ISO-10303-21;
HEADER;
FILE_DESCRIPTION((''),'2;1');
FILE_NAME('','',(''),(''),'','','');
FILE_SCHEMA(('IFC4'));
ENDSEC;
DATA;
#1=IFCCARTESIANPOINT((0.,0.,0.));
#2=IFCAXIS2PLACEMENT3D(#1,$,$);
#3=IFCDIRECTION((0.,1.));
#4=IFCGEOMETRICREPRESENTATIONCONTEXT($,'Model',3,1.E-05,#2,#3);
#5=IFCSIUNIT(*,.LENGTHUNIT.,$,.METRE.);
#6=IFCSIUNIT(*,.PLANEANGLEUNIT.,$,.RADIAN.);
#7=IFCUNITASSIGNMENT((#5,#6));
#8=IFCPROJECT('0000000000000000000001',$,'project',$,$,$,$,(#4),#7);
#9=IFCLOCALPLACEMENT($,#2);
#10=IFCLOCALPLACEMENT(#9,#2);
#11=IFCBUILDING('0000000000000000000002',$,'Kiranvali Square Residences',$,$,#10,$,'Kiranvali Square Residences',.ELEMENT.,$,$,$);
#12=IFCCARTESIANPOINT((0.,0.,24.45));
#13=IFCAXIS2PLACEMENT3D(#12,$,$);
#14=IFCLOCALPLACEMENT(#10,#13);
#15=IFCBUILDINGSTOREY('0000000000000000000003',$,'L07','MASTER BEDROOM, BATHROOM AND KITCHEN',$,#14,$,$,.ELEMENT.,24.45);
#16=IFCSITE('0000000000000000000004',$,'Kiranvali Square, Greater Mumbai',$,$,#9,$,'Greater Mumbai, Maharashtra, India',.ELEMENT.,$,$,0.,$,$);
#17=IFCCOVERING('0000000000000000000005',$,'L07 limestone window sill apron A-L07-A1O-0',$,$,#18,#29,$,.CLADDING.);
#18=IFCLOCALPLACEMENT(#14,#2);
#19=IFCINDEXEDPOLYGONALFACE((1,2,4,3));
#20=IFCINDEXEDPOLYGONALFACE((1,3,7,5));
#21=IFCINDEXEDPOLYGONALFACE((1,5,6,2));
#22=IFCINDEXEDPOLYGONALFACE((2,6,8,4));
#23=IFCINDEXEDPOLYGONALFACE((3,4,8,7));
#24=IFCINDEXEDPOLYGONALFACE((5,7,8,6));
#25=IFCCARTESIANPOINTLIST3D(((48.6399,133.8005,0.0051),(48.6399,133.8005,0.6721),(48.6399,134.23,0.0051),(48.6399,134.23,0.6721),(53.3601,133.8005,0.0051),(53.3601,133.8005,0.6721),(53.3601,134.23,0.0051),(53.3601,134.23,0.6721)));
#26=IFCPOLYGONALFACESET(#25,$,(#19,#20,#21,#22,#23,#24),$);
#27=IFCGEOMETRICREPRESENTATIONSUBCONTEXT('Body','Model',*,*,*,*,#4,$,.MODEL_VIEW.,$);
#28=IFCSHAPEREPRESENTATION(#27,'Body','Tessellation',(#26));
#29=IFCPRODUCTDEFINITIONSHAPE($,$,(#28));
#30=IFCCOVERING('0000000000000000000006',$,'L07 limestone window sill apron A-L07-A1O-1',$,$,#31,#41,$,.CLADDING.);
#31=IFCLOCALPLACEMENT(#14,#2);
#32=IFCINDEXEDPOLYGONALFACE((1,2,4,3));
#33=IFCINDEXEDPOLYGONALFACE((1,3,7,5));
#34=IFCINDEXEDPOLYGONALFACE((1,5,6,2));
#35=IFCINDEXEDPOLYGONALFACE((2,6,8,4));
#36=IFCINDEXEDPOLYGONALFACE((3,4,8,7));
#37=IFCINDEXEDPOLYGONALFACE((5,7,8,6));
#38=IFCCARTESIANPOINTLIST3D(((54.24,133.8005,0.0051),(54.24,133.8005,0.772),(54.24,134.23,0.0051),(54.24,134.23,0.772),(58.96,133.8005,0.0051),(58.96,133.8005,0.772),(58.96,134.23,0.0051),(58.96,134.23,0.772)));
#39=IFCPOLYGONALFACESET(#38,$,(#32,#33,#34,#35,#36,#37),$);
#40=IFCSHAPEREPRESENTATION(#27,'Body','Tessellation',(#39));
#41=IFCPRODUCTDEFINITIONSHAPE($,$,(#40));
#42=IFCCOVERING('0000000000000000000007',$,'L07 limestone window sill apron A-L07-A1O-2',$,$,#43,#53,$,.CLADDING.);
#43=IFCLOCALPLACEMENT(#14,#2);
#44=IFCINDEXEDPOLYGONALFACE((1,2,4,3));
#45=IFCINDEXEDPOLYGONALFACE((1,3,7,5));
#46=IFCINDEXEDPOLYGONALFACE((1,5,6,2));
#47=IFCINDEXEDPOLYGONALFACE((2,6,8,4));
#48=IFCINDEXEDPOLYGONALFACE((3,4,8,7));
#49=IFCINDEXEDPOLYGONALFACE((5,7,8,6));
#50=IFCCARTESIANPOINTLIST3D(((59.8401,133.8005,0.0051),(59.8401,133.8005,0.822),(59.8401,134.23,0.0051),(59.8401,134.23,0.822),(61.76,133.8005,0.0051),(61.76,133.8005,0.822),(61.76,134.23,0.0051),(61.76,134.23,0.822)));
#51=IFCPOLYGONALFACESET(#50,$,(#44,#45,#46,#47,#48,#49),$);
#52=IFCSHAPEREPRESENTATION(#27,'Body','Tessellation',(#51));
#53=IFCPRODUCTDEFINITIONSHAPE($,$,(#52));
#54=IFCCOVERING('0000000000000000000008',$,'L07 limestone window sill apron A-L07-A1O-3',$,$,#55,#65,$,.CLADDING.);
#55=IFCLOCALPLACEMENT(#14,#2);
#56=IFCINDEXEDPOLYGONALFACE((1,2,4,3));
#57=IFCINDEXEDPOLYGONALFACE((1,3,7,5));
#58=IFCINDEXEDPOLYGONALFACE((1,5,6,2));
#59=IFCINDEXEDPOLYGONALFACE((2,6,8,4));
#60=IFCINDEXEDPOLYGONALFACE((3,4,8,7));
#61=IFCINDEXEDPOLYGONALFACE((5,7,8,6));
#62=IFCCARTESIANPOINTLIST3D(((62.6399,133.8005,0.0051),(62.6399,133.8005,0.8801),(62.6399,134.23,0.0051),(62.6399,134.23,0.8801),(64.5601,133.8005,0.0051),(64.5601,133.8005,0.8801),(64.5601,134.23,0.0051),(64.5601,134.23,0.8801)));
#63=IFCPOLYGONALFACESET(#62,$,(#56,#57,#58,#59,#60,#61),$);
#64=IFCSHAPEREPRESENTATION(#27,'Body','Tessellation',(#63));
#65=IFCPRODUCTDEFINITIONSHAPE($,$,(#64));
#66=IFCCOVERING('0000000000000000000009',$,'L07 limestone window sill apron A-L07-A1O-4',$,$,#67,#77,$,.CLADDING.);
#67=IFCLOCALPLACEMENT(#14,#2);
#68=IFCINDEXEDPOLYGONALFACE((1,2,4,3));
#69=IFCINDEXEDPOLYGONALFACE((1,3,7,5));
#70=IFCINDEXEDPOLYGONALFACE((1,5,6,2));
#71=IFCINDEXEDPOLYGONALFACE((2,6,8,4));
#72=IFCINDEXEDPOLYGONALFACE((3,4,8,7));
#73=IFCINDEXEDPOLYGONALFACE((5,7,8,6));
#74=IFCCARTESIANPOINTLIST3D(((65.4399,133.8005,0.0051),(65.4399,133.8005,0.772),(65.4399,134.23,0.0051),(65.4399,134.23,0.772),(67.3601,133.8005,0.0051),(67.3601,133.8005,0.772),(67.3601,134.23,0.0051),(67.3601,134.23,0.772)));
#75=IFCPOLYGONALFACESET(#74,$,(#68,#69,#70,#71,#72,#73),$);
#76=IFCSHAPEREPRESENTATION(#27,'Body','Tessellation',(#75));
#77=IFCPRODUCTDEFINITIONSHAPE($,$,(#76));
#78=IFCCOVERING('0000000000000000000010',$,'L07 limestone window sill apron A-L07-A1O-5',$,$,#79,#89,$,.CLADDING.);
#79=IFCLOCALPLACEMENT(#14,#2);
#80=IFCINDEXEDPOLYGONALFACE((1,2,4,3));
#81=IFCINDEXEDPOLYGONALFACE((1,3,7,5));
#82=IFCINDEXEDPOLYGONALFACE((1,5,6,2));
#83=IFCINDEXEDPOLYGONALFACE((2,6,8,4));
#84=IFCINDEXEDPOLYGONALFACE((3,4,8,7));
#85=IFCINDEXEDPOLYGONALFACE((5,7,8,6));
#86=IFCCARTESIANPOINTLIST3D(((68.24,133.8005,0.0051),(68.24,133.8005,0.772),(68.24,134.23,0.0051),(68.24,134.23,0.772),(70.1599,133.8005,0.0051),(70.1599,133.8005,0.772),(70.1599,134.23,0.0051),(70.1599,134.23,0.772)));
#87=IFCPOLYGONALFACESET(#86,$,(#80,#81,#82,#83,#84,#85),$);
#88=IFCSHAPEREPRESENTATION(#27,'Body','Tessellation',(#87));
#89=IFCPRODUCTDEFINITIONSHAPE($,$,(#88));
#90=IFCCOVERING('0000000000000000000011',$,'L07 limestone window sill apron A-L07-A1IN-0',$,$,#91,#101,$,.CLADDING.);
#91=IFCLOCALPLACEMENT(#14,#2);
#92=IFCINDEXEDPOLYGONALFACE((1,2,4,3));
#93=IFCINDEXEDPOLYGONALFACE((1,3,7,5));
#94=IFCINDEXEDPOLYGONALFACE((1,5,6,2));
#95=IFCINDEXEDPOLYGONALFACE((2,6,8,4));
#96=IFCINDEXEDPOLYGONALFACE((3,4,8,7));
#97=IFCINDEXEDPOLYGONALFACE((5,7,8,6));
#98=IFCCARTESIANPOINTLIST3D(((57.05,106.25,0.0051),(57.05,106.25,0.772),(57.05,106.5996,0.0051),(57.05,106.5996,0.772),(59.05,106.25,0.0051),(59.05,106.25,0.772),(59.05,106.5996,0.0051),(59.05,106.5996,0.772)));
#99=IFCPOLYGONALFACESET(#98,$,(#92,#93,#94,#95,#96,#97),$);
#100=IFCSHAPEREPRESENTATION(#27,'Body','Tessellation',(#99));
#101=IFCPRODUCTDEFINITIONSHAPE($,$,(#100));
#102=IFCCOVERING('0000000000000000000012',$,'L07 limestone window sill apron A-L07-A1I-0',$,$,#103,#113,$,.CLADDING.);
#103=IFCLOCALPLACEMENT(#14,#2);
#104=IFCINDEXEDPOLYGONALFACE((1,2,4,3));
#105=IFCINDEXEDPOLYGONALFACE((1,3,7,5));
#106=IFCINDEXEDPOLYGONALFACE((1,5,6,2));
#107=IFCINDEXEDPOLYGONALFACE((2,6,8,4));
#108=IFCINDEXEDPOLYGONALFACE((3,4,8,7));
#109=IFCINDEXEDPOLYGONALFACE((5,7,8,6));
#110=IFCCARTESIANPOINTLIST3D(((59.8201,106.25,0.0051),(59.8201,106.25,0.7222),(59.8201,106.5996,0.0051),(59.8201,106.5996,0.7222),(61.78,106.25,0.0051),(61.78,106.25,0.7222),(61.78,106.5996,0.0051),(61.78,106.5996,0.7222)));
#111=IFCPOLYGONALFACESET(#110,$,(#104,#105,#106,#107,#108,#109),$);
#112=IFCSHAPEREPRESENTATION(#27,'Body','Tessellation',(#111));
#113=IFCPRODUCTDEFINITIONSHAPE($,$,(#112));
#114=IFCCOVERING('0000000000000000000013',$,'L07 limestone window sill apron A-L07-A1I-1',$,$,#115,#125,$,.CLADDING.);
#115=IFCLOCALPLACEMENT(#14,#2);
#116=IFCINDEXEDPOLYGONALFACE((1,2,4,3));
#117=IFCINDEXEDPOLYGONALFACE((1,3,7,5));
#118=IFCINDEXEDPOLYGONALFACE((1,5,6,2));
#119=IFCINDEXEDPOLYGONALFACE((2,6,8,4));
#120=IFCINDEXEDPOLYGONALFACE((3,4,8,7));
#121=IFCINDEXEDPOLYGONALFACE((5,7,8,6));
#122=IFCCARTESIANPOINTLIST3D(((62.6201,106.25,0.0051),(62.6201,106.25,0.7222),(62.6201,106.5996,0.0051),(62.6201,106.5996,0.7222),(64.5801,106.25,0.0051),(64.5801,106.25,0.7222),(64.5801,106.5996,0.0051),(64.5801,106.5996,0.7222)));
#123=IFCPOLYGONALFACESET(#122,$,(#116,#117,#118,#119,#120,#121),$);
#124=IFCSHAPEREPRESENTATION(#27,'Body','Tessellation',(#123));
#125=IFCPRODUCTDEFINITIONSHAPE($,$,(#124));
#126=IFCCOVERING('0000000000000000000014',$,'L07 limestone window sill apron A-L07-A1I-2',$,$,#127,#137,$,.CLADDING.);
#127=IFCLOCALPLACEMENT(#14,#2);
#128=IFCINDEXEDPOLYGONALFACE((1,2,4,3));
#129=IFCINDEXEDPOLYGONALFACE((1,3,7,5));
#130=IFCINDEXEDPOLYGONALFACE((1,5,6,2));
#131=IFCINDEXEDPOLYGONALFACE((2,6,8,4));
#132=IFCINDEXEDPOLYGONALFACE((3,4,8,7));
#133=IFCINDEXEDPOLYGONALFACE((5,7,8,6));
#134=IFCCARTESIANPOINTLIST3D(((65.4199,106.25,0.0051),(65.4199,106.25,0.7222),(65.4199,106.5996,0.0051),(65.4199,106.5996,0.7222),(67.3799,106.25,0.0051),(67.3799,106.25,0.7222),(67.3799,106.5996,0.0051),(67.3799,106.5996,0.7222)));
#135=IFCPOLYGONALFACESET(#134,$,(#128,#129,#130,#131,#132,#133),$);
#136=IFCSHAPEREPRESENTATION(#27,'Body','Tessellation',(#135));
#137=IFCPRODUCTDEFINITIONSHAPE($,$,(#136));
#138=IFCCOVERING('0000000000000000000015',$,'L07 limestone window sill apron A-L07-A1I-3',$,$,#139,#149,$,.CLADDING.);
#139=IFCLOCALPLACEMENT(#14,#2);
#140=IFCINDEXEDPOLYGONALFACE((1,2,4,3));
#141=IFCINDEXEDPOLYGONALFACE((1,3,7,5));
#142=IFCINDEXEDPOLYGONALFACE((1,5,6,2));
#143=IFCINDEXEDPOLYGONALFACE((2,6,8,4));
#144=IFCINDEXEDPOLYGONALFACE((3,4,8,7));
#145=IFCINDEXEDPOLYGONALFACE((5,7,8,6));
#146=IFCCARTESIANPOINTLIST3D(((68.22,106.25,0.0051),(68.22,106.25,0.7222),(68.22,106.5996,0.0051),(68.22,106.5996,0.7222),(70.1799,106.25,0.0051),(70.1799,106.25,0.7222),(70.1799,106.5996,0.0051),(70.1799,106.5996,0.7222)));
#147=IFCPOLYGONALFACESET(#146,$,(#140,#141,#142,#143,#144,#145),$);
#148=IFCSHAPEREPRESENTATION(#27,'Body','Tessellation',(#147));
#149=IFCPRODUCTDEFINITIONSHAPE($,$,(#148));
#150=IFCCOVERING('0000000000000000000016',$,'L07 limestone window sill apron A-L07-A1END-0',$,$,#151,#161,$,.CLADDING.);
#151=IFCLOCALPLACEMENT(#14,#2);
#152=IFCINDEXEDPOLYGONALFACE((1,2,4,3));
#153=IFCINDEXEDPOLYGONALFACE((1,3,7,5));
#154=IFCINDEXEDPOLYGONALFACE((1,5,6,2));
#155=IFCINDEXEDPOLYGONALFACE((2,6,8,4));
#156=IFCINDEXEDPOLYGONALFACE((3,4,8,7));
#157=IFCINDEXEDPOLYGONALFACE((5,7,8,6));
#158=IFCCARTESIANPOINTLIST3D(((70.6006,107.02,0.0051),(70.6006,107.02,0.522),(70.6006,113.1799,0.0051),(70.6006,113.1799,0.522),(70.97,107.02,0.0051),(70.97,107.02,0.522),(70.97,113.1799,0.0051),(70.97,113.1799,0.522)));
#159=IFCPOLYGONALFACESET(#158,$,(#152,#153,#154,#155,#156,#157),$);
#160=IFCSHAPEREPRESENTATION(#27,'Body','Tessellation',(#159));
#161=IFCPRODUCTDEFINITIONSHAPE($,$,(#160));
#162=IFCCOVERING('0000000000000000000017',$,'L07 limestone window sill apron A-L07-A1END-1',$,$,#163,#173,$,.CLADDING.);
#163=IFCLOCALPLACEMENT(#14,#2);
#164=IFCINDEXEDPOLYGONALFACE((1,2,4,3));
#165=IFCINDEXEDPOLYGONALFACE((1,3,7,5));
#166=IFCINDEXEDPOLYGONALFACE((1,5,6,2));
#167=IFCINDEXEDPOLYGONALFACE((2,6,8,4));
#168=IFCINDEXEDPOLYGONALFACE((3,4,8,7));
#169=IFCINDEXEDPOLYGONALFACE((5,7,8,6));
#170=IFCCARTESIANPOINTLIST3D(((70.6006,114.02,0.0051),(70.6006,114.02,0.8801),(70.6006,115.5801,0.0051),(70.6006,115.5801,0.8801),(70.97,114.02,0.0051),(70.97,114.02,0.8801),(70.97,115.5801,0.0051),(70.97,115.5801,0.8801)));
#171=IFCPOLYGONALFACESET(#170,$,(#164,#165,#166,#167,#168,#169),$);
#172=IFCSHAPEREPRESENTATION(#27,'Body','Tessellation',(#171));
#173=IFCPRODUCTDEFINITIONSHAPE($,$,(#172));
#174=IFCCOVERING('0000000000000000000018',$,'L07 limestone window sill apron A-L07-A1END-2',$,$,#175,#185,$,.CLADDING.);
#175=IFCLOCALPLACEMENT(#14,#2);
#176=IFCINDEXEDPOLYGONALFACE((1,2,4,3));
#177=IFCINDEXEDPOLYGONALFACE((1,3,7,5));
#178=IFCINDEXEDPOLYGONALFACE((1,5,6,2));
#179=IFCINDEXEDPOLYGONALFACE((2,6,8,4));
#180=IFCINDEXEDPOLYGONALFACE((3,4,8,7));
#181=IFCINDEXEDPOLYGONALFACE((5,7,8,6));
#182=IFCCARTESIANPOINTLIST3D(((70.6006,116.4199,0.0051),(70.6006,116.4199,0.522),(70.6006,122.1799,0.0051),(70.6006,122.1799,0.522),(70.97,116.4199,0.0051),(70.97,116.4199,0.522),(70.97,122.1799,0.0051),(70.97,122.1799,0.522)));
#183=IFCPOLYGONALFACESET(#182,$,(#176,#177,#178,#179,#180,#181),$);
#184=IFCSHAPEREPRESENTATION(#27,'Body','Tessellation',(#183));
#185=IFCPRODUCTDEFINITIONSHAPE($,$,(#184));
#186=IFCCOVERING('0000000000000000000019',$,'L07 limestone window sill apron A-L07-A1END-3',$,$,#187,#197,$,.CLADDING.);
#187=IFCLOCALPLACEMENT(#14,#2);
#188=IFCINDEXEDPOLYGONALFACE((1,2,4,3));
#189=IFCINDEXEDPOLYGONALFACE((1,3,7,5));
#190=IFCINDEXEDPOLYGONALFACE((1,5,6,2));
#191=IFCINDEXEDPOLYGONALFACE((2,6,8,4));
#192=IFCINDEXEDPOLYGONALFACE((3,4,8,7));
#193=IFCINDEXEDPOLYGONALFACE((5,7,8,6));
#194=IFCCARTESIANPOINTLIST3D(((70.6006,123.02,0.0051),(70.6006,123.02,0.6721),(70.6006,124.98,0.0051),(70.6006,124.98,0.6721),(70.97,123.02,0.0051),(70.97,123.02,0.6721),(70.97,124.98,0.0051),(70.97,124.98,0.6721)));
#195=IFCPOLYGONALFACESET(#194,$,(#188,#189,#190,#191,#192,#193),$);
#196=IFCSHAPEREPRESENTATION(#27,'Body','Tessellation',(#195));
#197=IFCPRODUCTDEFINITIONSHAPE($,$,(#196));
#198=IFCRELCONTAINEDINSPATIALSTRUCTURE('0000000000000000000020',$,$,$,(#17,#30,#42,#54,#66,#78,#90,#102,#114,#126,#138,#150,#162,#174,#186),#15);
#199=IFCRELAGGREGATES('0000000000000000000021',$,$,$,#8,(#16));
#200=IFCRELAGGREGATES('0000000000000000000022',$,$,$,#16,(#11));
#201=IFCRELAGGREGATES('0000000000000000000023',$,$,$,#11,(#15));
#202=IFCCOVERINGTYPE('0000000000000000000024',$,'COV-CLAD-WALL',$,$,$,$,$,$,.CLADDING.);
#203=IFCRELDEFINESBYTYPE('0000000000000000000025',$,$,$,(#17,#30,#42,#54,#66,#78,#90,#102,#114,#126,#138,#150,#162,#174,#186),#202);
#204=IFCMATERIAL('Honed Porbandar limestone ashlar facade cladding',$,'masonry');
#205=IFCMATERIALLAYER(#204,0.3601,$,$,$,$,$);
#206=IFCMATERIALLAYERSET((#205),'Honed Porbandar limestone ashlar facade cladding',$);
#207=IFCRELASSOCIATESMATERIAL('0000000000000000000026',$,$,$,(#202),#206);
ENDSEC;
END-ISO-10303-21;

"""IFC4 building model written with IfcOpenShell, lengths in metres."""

from ifc_helpers import new_model, si_unit, direction, frame, origin, place, context, subcontext, project, spatial, polyline, outline, extrude, material, layer, layer_set, type_object, element, save


model = new_model("IFC4")

# Units and contexts
model_context = context("Model", 3, precision=1e-05, world=origin(), true_north=direction((0.0, 1.0)))
body_context = subcontext(model_context, "Body", "Model", "MODEL_VIEW")
ifc_project = project(units=[si_unit("LENGTHUNIT", "METRE"), si_unit("PLANEANGLEUNIT", "RADIAN")], contexts=[model_context])

# Site, building, storey
site_placement = place(None, origin())
site = spatial("IfcSite", under=ifc_project, at=site_placement, Name="Kiranvali Square, Greater Mumbai", LongName="Greater Mumbai, Maharashtra, India", CompositionType="ELEMENT", RefElevation=0.0)
building_placement = place(site_placement, origin())
building = spatial("IfcBuilding", under=site, at=building_placement, Name="Kiranvali Square Residences", LongName="Kiranvali Square Residences", CompositionType="ELEMENT")
storey_placement = place(building_placement, frame((0.0, 0.0, 24.45)))
storey = spatial("IfcBuildingStorey", under=building, at=storey_placement, Name="L07", Description="MASTER BEDROOM, BATHROOM AND KITCHEN", CompositionType="ELEMENT", Elevation=24.45)

# Coverings
ifc_material = material(Name="Honed Porbandar limestone ashlar facade cladding", Category="masonry")
ifc_layer_1 = layer(ifc_material, 0.3601)
ifc_layer_set_1 = layer_set([ifc_layer_1], Name="Honed Porbandar limestone ashlar facade cladding")
covering_type_1 = type_object("IfcCoveringType", Name="COV-CLAD-WALL", PredefinedType="CLADDING", material=ifc_layer_set_1)
covering_1_placement = place(storey_placement, frame((0.0, 0.0, 0.0051)))
element("IfcCovering", 1, at=covering_1_placement, inside=storey, type_object=covering_type_1, Name="L07 limestone window sill apron A-L07-A1O-0", PredefinedType="CLADDING", context=body_context, shape_type="SweptSolid", body=[
    extrude(outline(polyline([(48.6399, 133.8005), (53.3601, 133.8005), (53.3601, 134.23), (48.6399, 134.23), (48.6399, 133.8005)])), origin(), (0.0, 0.0, 1.0), 0.667),
])
covering_2_placement = place(storey_placement, frame((0.0, 0.0, 0.0051)))
element("IfcCovering", 2, at=covering_2_placement, inside=storey, type_object=covering_type_1, Name="L07 limestone window sill apron A-L07-A1O-1", PredefinedType="CLADDING", context=body_context, shape_type="SweptSolid", body=[
    extrude(outline(polyline([(54.24, 133.8005), (58.96, 133.8005), (58.96, 134.23), (54.24, 134.23), (54.24, 133.8005)])), origin(), (0.0, 0.0, 1.0), 0.7668),
])
covering_3_placement = place(storey_placement, frame((0.0, 0.0, 0.0051)))
element("IfcCovering", 3, at=covering_3_placement, inside=storey, type_object=covering_type_1, Name="L07 limestone window sill apron A-L07-A1O-2", PredefinedType="CLADDING", context=body_context, shape_type="SweptSolid", body=[
    extrude(outline(polyline([(59.8401, 133.8005), (61.76, 133.8005), (61.76, 134.23), (59.8401, 134.23), (59.8401, 133.8005)])), origin(), (0.0, 0.0, 1.0), 0.8169),
])
covering_4_placement = place(storey_placement, frame((0.0, 0.0, 0.0051)))
element("IfcCovering", 4, at=covering_4_placement, inside=storey, type_object=covering_type_1, Name="L07 limestone window sill apron A-L07-A1O-3", PredefinedType="CLADDING", context=body_context, shape_type="SweptSolid", body=[
    extrude(outline(polyline([(62.6399, 133.8005), (64.5601, 133.8005), (64.5601, 134.23), (62.6399, 134.23), (62.6399, 133.8005)])), origin(), (0.0, 0.0, 1.0), 0.875),
])
covering_5_placement = place(storey_placement, frame((0.0, 0.0, 0.0051)))
element("IfcCovering", 5, at=covering_5_placement, inside=storey, type_object=covering_type_1, Name="L07 limestone window sill apron A-L07-A1O-4", PredefinedType="CLADDING", context=body_context, shape_type="SweptSolid", body=[
    extrude(outline(polyline([(65.4399, 133.8005), (67.3601, 133.8005), (67.3601, 134.23), (65.4399, 134.23), (65.4399, 133.8005)])), origin(), (0.0, 0.0, 1.0), 0.7668),
])
covering_6_placement = place(storey_placement, frame((0.0, 0.0, 0.0051)))
element("IfcCovering", 6, at=covering_6_placement, inside=storey, type_object=covering_type_1, Name="L07 limestone window sill apron A-L07-A1O-5", PredefinedType="CLADDING", context=body_context, shape_type="SweptSolid", body=[
    extrude(outline(polyline([(68.24, 133.8005), (70.1599, 133.8005), (70.1599, 134.23), (68.24, 134.23), (68.24, 133.8005)])), origin(), (0.0, 0.0, 1.0), 0.7668),
])
covering_7_placement = place(storey_placement, frame((0.0, 0.0, 0.0051)))
element("IfcCovering", 7, at=covering_7_placement, inside=storey, type_object=covering_type_1, Name="L07 limestone window sill apron A-L07-A1IN-0", PredefinedType="CLADDING", context=body_context, shape_type="SweptSolid", body=[
    extrude(outline(polyline([(57.05, 106.25), (59.05, 106.25), (59.05, 106.5996), (57.05, 106.5996), (57.05, 106.25)])), origin(), (0.0, 0.0, 1.0), 0.7668),
])
covering_8_placement = place(storey_placement, frame((0.0, 0.0, 0.0051)))
element("IfcCovering", 8, at=covering_8_placement, inside=storey, type_object=covering_type_1, Name="L07 limestone window sill apron A-L07-A1I-0", PredefinedType="CLADDING", context=body_context, shape_type="SweptSolid", body=[
    extrude(outline(polyline([(59.8201, 106.25), (61.78, 106.25), (61.78, 106.5996), (59.8201, 106.5996), (59.8201, 106.25)])), origin(), (0.0, 0.0, 1.0), 0.717),
])
covering_9_placement = place(storey_placement, frame((0.0, 0.0, 0.0051)))
element("IfcCovering", 9, at=covering_9_placement, inside=storey, type_object=covering_type_1, Name="L07 limestone window sill apron A-L07-A1I-1", PredefinedType="CLADDING", context=body_context, shape_type="SweptSolid", body=[
    extrude(outline(polyline([(62.6201, 106.25), (64.5801, 106.25), (64.5801, 106.5996), (62.6201, 106.5996), (62.6201, 106.25)])), origin(), (0.0, 0.0, 1.0), 0.717),
])
covering_10_placement = place(storey_placement, frame((0.0, 0.0, 0.0051)))
element("IfcCovering", 10, at=covering_10_placement, inside=storey, type_object=covering_type_1, Name="L07 limestone window sill apron A-L07-A1I-2", PredefinedType="CLADDING", context=body_context, shape_type="SweptSolid", body=[
    extrude(outline(polyline([(65.4199, 106.25), (67.3799, 106.25), (67.3799, 106.5996), (65.4199, 106.5996), (65.4199, 106.25)])), origin(), (0.0, 0.0, 1.0), 0.717),
])
covering_11_placement = place(storey_placement, frame((0.0, 0.0, 0.0051)))
element("IfcCovering", 11, at=covering_11_placement, inside=storey, type_object=covering_type_1, Name="L07 limestone window sill apron A-L07-A1I-3", PredefinedType="CLADDING", context=body_context, shape_type="SweptSolid", body=[
    extrude(outline(polyline([(68.22, 106.25), (70.1799, 106.25), (70.1799, 106.5996), (68.22, 106.5996), (68.22, 106.25)])), origin(), (0.0, 0.0, 1.0), 0.717),
])
covering_12_placement = place(storey_placement, frame((0.0, 0.0, 0.0051)))
element("IfcCovering", 12, at=covering_12_placement, inside=storey, type_object=covering_type_1, Name="L07 limestone window sill apron A-L07-A1END-0", PredefinedType="CLADDING", context=body_context, shape_type="SweptSolid", body=[
    extrude(outline(polyline([(70.97, 107.02), (70.97, 113.1799), (70.6006, 113.1799), (70.6006, 107.02), (70.97, 107.02)])), origin(), (0.0, 0.0, 1.0), 0.5168),
])
covering_13_placement = place(storey_placement, frame((0.0, 0.0, 0.0051)))
element("IfcCovering", 13, at=covering_13_placement, inside=storey, type_object=covering_type_1, Name="L07 limestone window sill apron A-L07-A1END-1", PredefinedType="CLADDING", context=body_context, shape_type="SweptSolid", body=[
    extrude(outline(polyline([(70.97, 114.02), (70.97, 115.5801), (70.6006, 115.5801), (70.6006, 114.02), (70.97, 114.02)])), origin(), (0.0, 0.0, 1.0), 0.875),
])
covering_14_placement = place(storey_placement, frame((0.0, 0.0, 0.0051)))
element("IfcCovering", 14, at=covering_14_placement, inside=storey, type_object=covering_type_1, Name="L07 limestone window sill apron A-L07-A1END-2", PredefinedType="CLADDING", context=body_context, shape_type="SweptSolid", body=[
    extrude(outline(polyline([(70.97, 116.4199), (70.97, 122.1799), (70.6006, 122.1799), (70.6006, 116.4199), (70.97, 116.4199)])), origin(), (0.0, 0.0, 1.0), 0.5168),
])
covering_15_placement = place(storey_placement, frame((0.0, 0.0, 0.0051)))
element("IfcCovering", 15, at=covering_15_placement, inside=storey, type_object=covering_type_1, Name="L07 limestone window sill apron A-L07-A1END-3", PredefinedType="CLADDING", context=body_context, shape_type="SweptSolid", body=[
    extrude(outline(polyline([(70.97, 123.02), (70.97, 124.98), (70.6006, 124.98), (70.6006, 123.02), (70.97, 123.02)])), origin(), (0.0, 0.0, 1.0), 0.667),
])

save(model, "model.ifc")
